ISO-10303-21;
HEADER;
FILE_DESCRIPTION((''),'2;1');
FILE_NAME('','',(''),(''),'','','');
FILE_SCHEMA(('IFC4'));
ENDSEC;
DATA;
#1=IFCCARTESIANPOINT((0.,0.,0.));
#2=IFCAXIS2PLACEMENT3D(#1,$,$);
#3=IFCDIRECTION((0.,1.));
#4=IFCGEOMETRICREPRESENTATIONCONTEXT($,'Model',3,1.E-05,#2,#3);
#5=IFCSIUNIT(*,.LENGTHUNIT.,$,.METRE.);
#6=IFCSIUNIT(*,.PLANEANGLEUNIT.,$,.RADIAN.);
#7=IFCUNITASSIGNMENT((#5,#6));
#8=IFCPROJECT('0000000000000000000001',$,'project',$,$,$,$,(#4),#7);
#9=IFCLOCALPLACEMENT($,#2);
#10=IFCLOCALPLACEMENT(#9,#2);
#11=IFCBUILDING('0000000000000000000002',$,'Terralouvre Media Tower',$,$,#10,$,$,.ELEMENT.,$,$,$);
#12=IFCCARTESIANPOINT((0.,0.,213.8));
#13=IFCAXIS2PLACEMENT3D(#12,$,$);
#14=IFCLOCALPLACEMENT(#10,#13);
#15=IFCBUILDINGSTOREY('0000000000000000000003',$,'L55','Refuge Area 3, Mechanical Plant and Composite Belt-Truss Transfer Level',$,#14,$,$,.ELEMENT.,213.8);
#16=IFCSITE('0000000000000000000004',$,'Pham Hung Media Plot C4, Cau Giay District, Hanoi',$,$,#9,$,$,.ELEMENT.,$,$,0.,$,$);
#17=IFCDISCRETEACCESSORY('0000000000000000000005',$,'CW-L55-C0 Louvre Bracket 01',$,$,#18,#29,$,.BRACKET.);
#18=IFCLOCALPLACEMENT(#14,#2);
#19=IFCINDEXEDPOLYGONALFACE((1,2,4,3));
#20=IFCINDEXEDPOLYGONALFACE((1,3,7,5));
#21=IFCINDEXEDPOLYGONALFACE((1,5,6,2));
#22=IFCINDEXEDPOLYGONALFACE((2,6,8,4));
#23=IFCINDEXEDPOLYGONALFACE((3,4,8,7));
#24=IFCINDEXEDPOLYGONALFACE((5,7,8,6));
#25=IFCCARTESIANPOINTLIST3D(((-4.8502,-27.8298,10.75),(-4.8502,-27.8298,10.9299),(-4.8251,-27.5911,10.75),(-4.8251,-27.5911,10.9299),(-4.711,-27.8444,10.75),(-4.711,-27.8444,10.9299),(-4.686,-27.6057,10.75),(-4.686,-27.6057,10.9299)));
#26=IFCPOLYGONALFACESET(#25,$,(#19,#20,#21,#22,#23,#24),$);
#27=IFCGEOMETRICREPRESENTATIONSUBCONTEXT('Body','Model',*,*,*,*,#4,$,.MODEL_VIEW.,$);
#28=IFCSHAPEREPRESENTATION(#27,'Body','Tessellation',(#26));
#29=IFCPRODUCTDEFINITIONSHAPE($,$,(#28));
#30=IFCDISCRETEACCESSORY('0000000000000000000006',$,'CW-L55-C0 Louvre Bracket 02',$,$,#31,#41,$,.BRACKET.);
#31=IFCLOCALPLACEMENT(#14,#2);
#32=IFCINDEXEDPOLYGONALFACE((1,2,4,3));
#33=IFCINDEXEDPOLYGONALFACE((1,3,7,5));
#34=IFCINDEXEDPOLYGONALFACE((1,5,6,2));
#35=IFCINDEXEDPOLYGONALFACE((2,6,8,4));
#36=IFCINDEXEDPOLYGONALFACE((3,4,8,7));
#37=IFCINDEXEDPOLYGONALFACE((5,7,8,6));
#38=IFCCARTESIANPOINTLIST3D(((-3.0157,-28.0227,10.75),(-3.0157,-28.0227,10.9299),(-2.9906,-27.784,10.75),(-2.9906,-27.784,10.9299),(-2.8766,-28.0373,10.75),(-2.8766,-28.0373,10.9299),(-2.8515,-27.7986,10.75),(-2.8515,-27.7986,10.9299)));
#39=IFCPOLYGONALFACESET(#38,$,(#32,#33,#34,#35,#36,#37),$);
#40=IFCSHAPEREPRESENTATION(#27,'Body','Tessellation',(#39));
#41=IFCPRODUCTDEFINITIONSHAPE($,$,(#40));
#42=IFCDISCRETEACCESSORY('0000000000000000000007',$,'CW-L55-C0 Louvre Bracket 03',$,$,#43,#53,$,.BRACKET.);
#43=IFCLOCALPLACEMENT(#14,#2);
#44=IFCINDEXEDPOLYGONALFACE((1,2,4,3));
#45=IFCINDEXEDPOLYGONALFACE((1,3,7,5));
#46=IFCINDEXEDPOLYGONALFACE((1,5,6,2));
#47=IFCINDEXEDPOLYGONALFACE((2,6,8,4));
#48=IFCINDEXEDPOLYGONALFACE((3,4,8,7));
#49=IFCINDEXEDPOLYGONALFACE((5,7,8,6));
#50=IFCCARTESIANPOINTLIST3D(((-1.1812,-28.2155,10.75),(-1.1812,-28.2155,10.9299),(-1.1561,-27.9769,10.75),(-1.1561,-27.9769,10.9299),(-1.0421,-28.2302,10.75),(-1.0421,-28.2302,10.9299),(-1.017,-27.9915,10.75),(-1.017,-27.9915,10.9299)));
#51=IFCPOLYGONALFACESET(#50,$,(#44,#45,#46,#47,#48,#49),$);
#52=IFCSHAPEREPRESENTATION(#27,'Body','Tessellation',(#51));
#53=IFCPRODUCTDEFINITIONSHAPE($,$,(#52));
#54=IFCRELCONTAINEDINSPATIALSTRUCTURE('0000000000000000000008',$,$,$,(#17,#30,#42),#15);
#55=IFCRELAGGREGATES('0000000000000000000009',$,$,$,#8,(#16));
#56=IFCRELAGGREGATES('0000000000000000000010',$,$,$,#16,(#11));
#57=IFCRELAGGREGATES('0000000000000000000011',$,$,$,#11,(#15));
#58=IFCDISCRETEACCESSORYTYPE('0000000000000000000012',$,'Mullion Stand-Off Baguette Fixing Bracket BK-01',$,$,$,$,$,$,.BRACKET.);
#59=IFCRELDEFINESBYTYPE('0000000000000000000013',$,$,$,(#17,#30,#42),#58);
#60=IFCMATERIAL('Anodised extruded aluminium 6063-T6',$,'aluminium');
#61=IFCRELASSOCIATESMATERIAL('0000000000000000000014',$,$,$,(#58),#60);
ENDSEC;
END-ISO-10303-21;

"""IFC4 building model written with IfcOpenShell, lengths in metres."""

from ifc_helpers import new_model, si_unit, direction, frame, origin, origin_2d, place, context, subcontext, project, spatial, rectangle, extrude, material, type_object, element, save


model = new_model("IFC4")

# Units and contexts
model_context = context("Model", 3, precision=1e-05, world=origin(), true_north=direction((0.0, 1.0)))
body_context = subcontext(model_context, "Body", "Model", "MODEL_VIEW")
ifc_project = project(units=[si_unit("LENGTHUNIT", "METRE"), si_unit("PLANEANGLEUNIT", "RADIAN")], contexts=[model_context])

# Site, building, storey
site_placement = place(None, origin())
site = spatial("IfcSite", under=ifc_project, at=site_placement, Name="Pham Hung Media Plot C4, Cau Giay District, Hanoi", CompositionType="ELEMENT", RefElevation=0.0)
building_placement = place(site_placement, origin())
building = spatial("IfcBuilding", under=site, at=building_placement, Name="Terralouvre Media Tower", CompositionType="ELEMENT")
storey_placement = place(building_placement, frame((0.0, 0.0, 213.8)))
storey = spatial("IfcBuildingStorey", under=building, at=storey_placement, Name="L55", Description="Refuge Area 3, Mechanical Plant and Composite Belt-Truss Transfer Level", CompositionType="ELEMENT", Elevation=213.8)

# Discrete accessories
ifc_material_1 = material(Name="Anodised extruded aluminium 6063-T6", Category="aluminium")
discrete_accessory_type = type_object("IfcDiscreteAccessoryType", Name="Mullion Stand-Off Baguette Fixing Bracket BK-01", PredefinedType="BRACKET", material=ifc_material_1)
for number, where, z_axis, x_axis, name in (
    (1, (-4.7681, -27.7178, 10.75), (0.0, 0.0, 1.0), (0.994522, -0.104528, 0.0), "CW-L55-C0 Louvre Bracket 01"),
    (2, (-2.9336, -27.9106, 10.75), (0.0, 0.0, 1.0), (0.994522, -0.104528, 0.0), "CW-L55-C0 Louvre Bracket 02"),
    (3, (-1.0991, -28.1035, 10.75), (0.0, 0.0, 1.0), (0.994522, -0.104528, 0.0), "CW-L55-C0 Louvre Bracket 03"),
):
    element("IfcDiscreteAccessory", number, at=place(storey_placement, frame(where, z_axis=z_axis, x_axis=x_axis)), inside=storey, type_object=discrete_accessory_type, Name=name, PredefinedType="BRACKET", context=body_context, shape_type="SweptSolid", body=[
        extrude(rectangle(XDim=0.1399, YDim=0.24, at=origin_2d()), origin(), (0.0, 0.0, 1.0), 0.1799),
    ])

save(model, "model.ifc")
